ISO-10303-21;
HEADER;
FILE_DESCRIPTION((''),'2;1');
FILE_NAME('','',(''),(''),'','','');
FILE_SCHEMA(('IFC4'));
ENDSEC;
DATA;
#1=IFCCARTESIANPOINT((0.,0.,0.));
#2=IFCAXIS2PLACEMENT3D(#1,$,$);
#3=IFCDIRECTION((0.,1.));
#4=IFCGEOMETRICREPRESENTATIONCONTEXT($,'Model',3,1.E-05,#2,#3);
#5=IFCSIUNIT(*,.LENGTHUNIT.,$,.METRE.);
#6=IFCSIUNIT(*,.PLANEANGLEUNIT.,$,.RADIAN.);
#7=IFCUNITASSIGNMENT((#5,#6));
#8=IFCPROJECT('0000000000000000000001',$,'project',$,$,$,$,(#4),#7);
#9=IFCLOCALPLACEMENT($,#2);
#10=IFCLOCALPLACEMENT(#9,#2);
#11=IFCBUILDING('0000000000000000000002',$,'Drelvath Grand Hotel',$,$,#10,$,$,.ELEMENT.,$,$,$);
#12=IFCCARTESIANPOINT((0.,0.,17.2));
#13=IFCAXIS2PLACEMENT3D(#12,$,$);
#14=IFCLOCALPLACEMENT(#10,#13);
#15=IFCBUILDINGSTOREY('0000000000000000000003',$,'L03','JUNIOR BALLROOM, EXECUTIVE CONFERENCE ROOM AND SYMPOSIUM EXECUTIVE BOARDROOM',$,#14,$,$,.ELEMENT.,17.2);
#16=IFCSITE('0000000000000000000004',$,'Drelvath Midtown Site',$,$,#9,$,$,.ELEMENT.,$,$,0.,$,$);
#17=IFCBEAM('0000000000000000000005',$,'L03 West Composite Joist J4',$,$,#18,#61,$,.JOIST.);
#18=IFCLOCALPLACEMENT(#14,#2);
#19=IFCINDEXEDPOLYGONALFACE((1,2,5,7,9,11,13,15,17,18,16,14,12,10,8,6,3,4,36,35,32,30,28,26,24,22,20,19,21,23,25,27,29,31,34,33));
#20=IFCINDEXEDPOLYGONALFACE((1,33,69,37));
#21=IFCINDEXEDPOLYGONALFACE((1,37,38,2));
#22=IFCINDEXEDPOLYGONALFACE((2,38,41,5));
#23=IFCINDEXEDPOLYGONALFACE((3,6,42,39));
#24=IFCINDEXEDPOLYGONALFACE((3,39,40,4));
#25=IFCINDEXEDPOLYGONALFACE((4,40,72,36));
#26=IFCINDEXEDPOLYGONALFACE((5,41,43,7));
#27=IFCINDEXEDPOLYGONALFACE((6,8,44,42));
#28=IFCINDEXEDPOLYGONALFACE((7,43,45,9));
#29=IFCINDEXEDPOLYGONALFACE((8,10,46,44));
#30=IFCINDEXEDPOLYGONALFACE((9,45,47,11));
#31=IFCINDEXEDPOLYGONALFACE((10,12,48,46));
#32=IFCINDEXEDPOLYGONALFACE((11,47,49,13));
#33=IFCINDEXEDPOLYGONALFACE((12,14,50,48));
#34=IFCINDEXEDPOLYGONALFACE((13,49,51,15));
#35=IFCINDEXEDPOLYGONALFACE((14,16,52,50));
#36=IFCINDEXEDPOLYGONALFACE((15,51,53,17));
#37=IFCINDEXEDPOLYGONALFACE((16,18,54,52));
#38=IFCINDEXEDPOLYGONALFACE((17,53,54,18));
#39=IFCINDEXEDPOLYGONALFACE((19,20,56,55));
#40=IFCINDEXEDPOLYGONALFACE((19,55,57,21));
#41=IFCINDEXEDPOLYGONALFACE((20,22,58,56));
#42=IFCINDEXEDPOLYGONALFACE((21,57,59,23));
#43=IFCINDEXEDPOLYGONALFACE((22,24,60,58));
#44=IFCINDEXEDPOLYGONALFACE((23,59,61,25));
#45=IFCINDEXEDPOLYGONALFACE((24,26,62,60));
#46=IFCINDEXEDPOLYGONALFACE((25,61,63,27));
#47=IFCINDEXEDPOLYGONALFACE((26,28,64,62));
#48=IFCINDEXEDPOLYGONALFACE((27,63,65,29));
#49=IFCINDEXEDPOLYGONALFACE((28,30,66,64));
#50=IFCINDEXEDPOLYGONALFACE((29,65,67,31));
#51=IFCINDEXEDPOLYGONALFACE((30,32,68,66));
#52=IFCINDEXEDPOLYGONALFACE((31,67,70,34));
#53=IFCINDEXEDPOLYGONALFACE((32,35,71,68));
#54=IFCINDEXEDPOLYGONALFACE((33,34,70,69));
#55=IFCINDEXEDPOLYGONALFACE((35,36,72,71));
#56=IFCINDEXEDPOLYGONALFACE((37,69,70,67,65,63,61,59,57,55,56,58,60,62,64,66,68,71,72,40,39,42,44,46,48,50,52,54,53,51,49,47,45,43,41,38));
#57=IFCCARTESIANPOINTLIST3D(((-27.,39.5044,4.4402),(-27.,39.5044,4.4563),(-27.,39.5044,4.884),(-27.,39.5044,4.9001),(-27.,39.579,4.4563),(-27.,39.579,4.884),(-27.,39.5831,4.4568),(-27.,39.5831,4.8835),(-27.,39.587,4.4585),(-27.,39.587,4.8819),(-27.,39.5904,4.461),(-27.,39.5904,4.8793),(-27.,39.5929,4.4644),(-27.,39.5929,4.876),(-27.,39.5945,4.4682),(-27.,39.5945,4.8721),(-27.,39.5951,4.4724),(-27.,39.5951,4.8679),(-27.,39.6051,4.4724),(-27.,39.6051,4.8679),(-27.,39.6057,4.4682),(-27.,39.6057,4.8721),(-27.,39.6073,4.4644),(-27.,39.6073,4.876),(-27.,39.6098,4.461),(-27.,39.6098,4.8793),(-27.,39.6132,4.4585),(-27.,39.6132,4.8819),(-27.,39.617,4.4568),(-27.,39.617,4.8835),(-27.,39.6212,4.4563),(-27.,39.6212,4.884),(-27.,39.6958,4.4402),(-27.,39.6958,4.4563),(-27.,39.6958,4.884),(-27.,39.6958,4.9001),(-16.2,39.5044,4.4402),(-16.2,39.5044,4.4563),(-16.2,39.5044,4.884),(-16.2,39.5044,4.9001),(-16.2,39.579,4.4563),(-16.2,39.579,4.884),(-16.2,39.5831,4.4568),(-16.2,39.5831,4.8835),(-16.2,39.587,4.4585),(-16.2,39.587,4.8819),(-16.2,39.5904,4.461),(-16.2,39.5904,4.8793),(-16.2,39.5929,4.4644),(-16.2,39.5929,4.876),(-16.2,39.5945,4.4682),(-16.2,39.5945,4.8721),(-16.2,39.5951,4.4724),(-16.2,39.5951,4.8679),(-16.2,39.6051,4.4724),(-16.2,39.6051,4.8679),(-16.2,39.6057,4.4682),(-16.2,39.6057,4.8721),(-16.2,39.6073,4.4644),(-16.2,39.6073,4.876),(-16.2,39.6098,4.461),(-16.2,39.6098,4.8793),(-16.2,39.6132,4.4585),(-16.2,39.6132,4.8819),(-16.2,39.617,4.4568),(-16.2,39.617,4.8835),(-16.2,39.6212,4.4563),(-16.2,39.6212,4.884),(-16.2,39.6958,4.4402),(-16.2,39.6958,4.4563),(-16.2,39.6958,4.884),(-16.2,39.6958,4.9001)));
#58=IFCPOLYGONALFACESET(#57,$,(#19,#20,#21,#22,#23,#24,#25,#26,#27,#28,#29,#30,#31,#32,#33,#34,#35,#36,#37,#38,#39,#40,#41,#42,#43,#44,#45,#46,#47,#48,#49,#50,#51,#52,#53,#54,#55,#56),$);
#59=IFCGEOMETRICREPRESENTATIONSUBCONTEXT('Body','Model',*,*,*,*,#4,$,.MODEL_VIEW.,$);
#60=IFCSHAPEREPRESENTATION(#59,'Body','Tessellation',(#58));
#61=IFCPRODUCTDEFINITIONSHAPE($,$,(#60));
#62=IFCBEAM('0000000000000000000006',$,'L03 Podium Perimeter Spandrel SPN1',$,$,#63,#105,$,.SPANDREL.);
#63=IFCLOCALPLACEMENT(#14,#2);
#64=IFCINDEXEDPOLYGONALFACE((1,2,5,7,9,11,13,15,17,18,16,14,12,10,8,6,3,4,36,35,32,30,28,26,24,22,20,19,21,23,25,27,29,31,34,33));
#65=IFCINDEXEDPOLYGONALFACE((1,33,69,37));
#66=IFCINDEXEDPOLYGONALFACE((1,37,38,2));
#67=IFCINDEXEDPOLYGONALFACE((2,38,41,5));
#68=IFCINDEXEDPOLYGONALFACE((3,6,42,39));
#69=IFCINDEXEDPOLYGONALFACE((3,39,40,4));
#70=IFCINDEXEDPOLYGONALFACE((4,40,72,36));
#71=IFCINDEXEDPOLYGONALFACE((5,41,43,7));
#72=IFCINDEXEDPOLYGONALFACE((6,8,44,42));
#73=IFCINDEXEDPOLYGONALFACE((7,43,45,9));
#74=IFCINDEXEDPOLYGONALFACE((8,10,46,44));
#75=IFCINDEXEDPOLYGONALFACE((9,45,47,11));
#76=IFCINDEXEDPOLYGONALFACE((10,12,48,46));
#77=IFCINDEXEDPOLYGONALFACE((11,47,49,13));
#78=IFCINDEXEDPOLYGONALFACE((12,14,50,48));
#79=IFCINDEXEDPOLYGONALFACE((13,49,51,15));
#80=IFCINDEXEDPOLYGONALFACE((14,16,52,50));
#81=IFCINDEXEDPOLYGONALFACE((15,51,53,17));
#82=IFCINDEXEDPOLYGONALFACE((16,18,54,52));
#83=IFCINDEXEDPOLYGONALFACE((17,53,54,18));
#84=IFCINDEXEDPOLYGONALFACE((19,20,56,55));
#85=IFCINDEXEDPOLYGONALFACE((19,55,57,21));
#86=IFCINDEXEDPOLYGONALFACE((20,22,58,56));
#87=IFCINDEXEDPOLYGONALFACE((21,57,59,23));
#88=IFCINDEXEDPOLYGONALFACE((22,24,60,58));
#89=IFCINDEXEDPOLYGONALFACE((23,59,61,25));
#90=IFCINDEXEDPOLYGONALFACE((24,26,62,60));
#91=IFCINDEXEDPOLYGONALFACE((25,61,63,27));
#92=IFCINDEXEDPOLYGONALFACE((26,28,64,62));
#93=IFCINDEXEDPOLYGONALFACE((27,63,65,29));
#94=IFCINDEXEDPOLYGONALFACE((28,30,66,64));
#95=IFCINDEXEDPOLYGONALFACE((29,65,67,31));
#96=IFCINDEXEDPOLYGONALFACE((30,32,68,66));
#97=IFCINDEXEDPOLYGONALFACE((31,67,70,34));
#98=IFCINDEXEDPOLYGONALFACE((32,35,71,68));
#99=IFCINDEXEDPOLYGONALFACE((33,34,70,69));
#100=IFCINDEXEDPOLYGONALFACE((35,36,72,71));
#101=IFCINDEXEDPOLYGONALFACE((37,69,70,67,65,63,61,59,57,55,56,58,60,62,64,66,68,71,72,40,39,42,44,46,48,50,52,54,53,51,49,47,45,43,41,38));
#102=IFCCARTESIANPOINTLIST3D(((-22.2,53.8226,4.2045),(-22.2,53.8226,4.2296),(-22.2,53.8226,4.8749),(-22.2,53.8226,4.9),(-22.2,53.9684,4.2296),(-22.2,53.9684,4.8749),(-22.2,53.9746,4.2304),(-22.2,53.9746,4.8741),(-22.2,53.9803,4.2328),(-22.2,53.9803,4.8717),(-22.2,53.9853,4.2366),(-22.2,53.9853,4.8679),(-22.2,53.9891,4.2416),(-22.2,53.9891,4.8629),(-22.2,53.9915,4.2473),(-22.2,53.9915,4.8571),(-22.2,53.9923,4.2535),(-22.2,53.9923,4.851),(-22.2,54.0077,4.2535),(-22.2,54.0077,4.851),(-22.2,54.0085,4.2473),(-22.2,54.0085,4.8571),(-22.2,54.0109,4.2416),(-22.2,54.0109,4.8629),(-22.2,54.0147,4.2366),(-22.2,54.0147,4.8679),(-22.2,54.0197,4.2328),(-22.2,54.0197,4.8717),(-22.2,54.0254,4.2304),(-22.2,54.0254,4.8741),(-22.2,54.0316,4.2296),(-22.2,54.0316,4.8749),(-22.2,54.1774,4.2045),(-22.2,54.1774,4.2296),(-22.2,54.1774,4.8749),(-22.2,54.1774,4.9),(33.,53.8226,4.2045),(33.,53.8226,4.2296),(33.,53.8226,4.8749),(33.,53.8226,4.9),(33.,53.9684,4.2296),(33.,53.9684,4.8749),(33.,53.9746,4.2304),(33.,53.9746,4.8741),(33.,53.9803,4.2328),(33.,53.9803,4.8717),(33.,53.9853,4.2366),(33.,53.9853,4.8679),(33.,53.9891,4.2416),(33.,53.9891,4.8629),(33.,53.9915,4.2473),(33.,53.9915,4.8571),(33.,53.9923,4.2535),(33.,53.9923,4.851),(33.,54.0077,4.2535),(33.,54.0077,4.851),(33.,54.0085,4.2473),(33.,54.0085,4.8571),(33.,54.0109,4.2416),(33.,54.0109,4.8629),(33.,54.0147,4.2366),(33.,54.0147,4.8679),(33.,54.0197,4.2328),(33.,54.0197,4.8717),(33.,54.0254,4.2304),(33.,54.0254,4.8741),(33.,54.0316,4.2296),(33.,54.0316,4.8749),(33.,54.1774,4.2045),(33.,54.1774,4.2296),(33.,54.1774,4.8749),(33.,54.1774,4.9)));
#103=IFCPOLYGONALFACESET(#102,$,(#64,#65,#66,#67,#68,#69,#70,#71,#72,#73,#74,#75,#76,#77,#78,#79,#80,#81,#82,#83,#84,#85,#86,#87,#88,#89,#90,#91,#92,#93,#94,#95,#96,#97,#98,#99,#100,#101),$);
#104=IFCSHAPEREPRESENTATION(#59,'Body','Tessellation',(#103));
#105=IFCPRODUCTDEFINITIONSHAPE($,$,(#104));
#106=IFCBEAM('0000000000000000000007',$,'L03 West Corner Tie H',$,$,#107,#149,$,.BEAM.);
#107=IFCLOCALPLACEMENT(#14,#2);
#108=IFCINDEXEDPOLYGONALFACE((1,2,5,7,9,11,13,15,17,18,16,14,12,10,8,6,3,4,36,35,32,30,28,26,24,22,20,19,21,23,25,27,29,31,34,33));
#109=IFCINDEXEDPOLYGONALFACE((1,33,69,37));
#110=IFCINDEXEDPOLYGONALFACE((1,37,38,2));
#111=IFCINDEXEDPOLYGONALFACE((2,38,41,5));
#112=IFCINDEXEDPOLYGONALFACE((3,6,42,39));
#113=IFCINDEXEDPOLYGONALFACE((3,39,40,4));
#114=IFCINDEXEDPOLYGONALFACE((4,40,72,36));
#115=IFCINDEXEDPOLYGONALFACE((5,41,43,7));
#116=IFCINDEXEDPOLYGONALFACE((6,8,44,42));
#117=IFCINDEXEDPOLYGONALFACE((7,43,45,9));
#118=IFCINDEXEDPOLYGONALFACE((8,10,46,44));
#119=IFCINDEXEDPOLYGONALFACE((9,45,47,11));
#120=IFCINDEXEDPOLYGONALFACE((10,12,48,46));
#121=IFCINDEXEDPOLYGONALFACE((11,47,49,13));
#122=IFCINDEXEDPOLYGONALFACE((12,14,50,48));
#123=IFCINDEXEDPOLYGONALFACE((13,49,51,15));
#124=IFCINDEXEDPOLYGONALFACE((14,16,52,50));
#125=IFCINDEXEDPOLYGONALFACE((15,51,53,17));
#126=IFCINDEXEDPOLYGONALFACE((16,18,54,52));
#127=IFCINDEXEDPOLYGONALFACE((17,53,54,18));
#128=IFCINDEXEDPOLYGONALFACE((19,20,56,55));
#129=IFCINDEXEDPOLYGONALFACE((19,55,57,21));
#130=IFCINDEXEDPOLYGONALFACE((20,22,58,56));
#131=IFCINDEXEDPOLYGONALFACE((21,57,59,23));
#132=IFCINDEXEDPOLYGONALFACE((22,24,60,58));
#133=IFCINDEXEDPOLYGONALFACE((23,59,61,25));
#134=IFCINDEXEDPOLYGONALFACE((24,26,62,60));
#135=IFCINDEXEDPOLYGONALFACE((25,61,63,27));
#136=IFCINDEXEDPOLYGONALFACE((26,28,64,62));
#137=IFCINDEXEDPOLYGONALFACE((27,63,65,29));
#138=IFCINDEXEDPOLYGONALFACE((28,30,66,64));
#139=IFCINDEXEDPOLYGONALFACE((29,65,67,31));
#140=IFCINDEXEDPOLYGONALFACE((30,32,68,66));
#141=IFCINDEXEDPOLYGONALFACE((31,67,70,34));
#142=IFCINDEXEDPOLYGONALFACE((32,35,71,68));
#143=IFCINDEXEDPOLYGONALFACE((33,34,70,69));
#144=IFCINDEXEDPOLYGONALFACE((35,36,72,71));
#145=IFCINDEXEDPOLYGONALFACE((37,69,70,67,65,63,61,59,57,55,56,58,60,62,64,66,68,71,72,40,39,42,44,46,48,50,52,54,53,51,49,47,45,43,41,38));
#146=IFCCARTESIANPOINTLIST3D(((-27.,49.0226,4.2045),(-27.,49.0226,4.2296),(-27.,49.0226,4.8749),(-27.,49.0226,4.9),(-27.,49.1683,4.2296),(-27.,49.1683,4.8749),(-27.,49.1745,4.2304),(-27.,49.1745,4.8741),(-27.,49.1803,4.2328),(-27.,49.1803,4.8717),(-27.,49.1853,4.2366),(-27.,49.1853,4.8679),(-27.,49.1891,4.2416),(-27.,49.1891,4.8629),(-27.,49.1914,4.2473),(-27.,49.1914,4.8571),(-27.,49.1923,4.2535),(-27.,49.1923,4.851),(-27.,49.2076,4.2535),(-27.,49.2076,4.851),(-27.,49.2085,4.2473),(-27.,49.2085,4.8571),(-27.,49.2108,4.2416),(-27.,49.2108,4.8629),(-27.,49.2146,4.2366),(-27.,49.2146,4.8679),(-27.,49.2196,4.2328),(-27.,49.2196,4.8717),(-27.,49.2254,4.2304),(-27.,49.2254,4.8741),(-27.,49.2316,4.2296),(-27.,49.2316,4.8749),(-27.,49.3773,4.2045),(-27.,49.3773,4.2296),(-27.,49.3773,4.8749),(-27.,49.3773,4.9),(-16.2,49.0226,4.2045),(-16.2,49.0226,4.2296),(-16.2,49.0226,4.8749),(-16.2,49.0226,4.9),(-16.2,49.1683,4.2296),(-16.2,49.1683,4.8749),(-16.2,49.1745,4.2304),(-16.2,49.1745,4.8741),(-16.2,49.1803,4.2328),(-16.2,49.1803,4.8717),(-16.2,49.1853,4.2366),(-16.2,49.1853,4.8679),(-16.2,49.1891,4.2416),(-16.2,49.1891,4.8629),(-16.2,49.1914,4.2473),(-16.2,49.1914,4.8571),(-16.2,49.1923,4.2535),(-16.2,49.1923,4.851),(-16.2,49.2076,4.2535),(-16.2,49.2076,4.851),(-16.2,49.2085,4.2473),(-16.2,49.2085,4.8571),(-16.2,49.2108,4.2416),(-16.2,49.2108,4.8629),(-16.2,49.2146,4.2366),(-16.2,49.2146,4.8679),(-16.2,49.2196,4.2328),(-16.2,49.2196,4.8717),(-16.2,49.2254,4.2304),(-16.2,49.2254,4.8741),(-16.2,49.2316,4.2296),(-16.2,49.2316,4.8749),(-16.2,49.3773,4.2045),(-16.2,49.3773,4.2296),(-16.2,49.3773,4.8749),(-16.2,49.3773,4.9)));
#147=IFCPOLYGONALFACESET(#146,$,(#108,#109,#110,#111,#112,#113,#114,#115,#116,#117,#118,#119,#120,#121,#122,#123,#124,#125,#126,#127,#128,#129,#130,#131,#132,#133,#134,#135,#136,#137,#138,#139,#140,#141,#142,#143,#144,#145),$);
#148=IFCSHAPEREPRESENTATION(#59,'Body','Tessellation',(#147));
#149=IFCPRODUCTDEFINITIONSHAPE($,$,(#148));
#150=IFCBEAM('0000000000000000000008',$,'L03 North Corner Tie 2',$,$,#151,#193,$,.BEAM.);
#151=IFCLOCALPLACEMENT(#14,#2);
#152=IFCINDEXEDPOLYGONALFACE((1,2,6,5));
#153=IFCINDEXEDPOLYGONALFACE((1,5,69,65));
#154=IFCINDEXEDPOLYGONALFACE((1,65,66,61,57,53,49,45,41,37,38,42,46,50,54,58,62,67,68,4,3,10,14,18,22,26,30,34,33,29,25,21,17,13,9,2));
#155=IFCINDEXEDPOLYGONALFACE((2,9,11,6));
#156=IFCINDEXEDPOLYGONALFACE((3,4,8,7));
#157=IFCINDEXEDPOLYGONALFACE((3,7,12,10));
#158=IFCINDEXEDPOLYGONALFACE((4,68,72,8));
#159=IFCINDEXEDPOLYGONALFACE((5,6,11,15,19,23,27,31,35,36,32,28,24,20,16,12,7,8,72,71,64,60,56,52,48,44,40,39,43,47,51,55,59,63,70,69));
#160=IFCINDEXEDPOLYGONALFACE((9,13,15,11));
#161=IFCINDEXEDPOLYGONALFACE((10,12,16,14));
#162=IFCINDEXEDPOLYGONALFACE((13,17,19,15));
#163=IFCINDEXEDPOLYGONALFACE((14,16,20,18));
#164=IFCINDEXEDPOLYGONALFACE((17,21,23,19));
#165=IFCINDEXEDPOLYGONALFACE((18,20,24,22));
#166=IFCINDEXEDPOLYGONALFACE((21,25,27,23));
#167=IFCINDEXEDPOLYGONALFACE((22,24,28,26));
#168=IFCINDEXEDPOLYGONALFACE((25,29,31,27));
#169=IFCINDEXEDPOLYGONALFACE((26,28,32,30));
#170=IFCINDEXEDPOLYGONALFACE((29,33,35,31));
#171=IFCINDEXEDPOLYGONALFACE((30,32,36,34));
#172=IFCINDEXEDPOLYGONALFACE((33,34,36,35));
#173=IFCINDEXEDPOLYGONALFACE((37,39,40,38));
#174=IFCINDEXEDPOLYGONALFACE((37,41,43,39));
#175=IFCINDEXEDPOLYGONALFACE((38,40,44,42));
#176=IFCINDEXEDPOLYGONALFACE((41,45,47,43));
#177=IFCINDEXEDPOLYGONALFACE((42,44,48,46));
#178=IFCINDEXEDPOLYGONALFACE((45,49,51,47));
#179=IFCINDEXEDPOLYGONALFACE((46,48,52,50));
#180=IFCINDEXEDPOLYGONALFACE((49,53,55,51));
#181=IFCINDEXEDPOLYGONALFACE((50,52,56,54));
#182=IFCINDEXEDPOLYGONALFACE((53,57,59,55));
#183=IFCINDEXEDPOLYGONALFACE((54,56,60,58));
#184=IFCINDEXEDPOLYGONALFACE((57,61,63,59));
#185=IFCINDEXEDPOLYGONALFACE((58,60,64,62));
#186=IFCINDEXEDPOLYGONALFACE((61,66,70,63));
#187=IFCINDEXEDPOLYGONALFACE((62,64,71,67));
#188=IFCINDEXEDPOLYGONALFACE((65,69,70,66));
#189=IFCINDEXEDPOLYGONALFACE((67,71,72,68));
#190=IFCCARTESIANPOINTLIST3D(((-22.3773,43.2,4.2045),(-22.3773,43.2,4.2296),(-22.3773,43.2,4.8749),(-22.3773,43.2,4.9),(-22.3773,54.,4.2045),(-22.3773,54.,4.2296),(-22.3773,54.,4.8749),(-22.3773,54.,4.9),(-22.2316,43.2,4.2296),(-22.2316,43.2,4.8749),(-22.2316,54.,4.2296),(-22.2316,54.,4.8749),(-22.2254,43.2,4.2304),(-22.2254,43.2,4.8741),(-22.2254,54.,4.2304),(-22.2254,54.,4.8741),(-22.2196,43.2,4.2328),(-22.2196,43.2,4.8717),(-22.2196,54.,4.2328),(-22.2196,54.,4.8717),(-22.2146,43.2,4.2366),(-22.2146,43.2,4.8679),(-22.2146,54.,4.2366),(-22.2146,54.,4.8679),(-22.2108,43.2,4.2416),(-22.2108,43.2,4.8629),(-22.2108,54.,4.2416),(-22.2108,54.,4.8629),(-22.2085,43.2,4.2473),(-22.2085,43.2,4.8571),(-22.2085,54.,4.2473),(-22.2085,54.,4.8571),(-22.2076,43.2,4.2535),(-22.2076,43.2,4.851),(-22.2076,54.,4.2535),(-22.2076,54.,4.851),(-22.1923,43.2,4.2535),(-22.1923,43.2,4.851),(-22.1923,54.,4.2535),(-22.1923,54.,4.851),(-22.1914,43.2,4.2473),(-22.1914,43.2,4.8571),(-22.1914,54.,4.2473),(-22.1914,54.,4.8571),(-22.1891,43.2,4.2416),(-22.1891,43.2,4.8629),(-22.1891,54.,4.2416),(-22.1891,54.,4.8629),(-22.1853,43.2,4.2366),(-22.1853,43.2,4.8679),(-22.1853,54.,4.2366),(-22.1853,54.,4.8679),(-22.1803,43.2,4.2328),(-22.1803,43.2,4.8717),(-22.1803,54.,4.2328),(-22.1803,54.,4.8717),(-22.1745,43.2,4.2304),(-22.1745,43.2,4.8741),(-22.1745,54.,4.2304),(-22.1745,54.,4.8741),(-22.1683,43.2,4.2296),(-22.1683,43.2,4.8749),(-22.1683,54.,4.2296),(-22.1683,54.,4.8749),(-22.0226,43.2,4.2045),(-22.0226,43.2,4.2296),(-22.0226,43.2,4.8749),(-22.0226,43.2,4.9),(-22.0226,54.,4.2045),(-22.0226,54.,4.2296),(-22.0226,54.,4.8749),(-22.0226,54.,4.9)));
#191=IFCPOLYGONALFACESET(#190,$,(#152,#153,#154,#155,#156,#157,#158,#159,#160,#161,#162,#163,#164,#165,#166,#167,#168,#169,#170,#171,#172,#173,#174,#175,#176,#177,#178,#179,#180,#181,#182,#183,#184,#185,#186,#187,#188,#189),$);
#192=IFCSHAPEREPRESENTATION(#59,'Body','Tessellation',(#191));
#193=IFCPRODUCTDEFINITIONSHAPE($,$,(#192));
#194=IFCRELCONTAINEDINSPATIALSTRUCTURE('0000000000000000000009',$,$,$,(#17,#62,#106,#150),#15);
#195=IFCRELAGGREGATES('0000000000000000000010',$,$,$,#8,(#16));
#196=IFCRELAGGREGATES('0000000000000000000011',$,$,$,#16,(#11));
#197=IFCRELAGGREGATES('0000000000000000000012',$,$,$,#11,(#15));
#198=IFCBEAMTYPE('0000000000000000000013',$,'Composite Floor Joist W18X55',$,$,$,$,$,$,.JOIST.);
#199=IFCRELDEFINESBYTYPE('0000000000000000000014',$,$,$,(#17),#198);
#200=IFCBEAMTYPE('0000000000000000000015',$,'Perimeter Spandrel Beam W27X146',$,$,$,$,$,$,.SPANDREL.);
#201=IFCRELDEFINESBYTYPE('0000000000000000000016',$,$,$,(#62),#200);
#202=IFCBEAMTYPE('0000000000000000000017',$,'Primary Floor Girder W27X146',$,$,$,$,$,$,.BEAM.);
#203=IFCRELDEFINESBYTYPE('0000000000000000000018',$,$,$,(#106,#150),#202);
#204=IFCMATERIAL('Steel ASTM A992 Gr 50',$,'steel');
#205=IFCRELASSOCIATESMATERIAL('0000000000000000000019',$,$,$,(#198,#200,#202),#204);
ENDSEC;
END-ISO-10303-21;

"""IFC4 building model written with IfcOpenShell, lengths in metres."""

from ifc_helpers import new_model, si_unit, direction, frame, origin, origin_2d, place, context, subcontext, project, spatial, i_section, extrude, material, material_profile, profile_set, type_object, element, save


model = new_model("IFC4")

# Units and contexts
model_context = context("Model", 3, precision=1e-05, world=origin(), true_north=direction((0.0, 1.0)))
body_context = subcontext(model_context, "Body", "Model", "MODEL_VIEW")
ifc_project = project(units=[si_unit("LENGTHUNIT", "METRE"), si_unit("PLANEANGLEUNIT", "RADIAN")], contexts=[model_context])

# Site, building, storey
site_placement = place(None, origin())
site = spatial("IfcSite", under=ifc_project, at=site_placement, Name="Drelvath Midtown Site", CompositionType="ELEMENT", RefElevation=0.0)
building_placement = place(site_placement, origin())
building = spatial("IfcBuilding", under=site, at=building_placement, Name="Drelvath Grand Hotel", CompositionType="ELEMENT")
storey_placement = place(building_placement, frame((0.0, 0.0, 17.2)))
storey = spatial("IfcBuildingStorey", under=building, at=storey_placement, Name="L03", Description="JUNIOR BALLROOM, EXECUTIVE CONFERENCE ROOM AND SYMPOSIUM EXECUTIVE BOARDROOM", CompositionType="ELEMENT", Elevation=17.2)

# Beams
ifc_material_1 = material(Name="Steel ASTM A992 Gr 50", Category="steel")
ifc_material_profile_1 = material_profile(ifc_material_1, i_section(OverallWidth=0.1914, OverallDepth=0.46, WebThickness=0.01, FlangeThickness=0.0161, FilletRadius=0.0161, at=origin_2d()), Name="W18X55")
ifc_profile_set_1 = profile_set([ifc_material_profile_1], Name="Steel ASTM A992 Gr 50")
beam_type_1 = type_object("IfcBeamType", Name="Composite Floor Joist W18X55", PredefinedType="JOIST", material=ifc_profile_set_1)
beam_1_placement = place(storey_placement, frame((-27.0, 39.6001, 4.6702), z_axis=(1.0, 0.0, 0.0), x_axis=(0.0, 1.0, 0.0)))
element("IfcBeam", 1, at=beam_1_placement, inside=storey, type_object=beam_type_1, Name="L03 West Composite Joist J4", PredefinedType="JOIST", context=body_context, shape_type="SweptSolid", body=[
    extrude(i_section(OverallWidth=0.1914, OverallDepth=0.46, WebThickness=0.01, FlangeThickness=0.0161, FilletRadius=0.0161, at=origin_2d()), origin(), (0.0, 0.0, 1.0), 10.8),
])
ifc_material_profile_2 = material_profile(ifc_material_1, i_section(OverallWidth=0.3547, OverallDepth=0.6956, WebThickness=0.0154, FlangeThickness=0.0251, FilletRadius=0.0239, at=origin_2d()), Name="W27X146")
ifc_profile_set_2 = profile_set([ifc_material_profile_2], Name="Steel ASTM A992 Gr 50")
beam_type_2 = type_object("IfcBeamType", Name="Perimeter Spandrel Beam W27X146", PredefinedType="SPANDREL", material=ifc_profile_set_2)
beam_2_placement = place(storey_placement, frame((-22.2, 54.0, 4.5522), z_axis=(1.0, 0.0, 0.0), x_axis=(0.0, 1.0, 0.0)))
element("IfcBeam", 2, at=beam_2_placement, inside=storey, type_object=beam_type_2, Name="L03 Podium Perimeter Spandrel SPN1", PredefinedType="SPANDREL", context=body_context, shape_type="SweptSolid", body=[
    extrude(i_section(OverallWidth=0.3547, OverallDepth=0.6956, WebThickness=0.0154, FlangeThickness=0.0251, FilletRadius=0.0239, at=origin_2d()), origin(), (0.0, 0.0, 1.0), 55.2),
])
ifc_material_profile_3 = material_profile(ifc_material_1, i_section(OverallWidth=0.3547, OverallDepth=0.6956, WebThickness=0.0154, FlangeThickness=0.0251, FilletRadius=0.0239, at=origin_2d()), Name="W27X146")
ifc_profile_set_3 = profile_set([ifc_material_profile_3], Name="Steel ASTM A992 Gr 50")
beam_type_3 = type_object("IfcBeamType", Name="Primary Floor Girder W27X146", PredefinedType="BEAM", material=ifc_profile_set_3)
for number, where, z_axis, x_axis, name in (
    (3, (-27.0, 49.2, 4.5522), (1.0, 0.0, 0.0), (0.0, 1.0, 0.0), "L03 West Corner Tie H"),
    (4, (-22.2, 43.2, 4.5522), (0.0, 1.0, 0.0), (-1.0, 0.0, 0.0), "L03 North Corner Tie 2"),
):
    element("IfcBeam", number, at=place(storey_placement, frame(where, z_axis=z_axis, x_axis=x_axis)), inside=storey, type_object=beam_type_3, Name=name, PredefinedType="BEAM", context=body_context, shape_type="SweptSolid", body=[
        extrude(i_section(OverallWidth=0.3547, OverallDepth=0.6956, WebThickness=0.0154, FlangeThickness=0.0251, FilletRadius=0.0239, at=origin_2d()), origin(), (0.0, 0.0, 1.0), 10.8),
    ])

save(model, "model.ifc")
